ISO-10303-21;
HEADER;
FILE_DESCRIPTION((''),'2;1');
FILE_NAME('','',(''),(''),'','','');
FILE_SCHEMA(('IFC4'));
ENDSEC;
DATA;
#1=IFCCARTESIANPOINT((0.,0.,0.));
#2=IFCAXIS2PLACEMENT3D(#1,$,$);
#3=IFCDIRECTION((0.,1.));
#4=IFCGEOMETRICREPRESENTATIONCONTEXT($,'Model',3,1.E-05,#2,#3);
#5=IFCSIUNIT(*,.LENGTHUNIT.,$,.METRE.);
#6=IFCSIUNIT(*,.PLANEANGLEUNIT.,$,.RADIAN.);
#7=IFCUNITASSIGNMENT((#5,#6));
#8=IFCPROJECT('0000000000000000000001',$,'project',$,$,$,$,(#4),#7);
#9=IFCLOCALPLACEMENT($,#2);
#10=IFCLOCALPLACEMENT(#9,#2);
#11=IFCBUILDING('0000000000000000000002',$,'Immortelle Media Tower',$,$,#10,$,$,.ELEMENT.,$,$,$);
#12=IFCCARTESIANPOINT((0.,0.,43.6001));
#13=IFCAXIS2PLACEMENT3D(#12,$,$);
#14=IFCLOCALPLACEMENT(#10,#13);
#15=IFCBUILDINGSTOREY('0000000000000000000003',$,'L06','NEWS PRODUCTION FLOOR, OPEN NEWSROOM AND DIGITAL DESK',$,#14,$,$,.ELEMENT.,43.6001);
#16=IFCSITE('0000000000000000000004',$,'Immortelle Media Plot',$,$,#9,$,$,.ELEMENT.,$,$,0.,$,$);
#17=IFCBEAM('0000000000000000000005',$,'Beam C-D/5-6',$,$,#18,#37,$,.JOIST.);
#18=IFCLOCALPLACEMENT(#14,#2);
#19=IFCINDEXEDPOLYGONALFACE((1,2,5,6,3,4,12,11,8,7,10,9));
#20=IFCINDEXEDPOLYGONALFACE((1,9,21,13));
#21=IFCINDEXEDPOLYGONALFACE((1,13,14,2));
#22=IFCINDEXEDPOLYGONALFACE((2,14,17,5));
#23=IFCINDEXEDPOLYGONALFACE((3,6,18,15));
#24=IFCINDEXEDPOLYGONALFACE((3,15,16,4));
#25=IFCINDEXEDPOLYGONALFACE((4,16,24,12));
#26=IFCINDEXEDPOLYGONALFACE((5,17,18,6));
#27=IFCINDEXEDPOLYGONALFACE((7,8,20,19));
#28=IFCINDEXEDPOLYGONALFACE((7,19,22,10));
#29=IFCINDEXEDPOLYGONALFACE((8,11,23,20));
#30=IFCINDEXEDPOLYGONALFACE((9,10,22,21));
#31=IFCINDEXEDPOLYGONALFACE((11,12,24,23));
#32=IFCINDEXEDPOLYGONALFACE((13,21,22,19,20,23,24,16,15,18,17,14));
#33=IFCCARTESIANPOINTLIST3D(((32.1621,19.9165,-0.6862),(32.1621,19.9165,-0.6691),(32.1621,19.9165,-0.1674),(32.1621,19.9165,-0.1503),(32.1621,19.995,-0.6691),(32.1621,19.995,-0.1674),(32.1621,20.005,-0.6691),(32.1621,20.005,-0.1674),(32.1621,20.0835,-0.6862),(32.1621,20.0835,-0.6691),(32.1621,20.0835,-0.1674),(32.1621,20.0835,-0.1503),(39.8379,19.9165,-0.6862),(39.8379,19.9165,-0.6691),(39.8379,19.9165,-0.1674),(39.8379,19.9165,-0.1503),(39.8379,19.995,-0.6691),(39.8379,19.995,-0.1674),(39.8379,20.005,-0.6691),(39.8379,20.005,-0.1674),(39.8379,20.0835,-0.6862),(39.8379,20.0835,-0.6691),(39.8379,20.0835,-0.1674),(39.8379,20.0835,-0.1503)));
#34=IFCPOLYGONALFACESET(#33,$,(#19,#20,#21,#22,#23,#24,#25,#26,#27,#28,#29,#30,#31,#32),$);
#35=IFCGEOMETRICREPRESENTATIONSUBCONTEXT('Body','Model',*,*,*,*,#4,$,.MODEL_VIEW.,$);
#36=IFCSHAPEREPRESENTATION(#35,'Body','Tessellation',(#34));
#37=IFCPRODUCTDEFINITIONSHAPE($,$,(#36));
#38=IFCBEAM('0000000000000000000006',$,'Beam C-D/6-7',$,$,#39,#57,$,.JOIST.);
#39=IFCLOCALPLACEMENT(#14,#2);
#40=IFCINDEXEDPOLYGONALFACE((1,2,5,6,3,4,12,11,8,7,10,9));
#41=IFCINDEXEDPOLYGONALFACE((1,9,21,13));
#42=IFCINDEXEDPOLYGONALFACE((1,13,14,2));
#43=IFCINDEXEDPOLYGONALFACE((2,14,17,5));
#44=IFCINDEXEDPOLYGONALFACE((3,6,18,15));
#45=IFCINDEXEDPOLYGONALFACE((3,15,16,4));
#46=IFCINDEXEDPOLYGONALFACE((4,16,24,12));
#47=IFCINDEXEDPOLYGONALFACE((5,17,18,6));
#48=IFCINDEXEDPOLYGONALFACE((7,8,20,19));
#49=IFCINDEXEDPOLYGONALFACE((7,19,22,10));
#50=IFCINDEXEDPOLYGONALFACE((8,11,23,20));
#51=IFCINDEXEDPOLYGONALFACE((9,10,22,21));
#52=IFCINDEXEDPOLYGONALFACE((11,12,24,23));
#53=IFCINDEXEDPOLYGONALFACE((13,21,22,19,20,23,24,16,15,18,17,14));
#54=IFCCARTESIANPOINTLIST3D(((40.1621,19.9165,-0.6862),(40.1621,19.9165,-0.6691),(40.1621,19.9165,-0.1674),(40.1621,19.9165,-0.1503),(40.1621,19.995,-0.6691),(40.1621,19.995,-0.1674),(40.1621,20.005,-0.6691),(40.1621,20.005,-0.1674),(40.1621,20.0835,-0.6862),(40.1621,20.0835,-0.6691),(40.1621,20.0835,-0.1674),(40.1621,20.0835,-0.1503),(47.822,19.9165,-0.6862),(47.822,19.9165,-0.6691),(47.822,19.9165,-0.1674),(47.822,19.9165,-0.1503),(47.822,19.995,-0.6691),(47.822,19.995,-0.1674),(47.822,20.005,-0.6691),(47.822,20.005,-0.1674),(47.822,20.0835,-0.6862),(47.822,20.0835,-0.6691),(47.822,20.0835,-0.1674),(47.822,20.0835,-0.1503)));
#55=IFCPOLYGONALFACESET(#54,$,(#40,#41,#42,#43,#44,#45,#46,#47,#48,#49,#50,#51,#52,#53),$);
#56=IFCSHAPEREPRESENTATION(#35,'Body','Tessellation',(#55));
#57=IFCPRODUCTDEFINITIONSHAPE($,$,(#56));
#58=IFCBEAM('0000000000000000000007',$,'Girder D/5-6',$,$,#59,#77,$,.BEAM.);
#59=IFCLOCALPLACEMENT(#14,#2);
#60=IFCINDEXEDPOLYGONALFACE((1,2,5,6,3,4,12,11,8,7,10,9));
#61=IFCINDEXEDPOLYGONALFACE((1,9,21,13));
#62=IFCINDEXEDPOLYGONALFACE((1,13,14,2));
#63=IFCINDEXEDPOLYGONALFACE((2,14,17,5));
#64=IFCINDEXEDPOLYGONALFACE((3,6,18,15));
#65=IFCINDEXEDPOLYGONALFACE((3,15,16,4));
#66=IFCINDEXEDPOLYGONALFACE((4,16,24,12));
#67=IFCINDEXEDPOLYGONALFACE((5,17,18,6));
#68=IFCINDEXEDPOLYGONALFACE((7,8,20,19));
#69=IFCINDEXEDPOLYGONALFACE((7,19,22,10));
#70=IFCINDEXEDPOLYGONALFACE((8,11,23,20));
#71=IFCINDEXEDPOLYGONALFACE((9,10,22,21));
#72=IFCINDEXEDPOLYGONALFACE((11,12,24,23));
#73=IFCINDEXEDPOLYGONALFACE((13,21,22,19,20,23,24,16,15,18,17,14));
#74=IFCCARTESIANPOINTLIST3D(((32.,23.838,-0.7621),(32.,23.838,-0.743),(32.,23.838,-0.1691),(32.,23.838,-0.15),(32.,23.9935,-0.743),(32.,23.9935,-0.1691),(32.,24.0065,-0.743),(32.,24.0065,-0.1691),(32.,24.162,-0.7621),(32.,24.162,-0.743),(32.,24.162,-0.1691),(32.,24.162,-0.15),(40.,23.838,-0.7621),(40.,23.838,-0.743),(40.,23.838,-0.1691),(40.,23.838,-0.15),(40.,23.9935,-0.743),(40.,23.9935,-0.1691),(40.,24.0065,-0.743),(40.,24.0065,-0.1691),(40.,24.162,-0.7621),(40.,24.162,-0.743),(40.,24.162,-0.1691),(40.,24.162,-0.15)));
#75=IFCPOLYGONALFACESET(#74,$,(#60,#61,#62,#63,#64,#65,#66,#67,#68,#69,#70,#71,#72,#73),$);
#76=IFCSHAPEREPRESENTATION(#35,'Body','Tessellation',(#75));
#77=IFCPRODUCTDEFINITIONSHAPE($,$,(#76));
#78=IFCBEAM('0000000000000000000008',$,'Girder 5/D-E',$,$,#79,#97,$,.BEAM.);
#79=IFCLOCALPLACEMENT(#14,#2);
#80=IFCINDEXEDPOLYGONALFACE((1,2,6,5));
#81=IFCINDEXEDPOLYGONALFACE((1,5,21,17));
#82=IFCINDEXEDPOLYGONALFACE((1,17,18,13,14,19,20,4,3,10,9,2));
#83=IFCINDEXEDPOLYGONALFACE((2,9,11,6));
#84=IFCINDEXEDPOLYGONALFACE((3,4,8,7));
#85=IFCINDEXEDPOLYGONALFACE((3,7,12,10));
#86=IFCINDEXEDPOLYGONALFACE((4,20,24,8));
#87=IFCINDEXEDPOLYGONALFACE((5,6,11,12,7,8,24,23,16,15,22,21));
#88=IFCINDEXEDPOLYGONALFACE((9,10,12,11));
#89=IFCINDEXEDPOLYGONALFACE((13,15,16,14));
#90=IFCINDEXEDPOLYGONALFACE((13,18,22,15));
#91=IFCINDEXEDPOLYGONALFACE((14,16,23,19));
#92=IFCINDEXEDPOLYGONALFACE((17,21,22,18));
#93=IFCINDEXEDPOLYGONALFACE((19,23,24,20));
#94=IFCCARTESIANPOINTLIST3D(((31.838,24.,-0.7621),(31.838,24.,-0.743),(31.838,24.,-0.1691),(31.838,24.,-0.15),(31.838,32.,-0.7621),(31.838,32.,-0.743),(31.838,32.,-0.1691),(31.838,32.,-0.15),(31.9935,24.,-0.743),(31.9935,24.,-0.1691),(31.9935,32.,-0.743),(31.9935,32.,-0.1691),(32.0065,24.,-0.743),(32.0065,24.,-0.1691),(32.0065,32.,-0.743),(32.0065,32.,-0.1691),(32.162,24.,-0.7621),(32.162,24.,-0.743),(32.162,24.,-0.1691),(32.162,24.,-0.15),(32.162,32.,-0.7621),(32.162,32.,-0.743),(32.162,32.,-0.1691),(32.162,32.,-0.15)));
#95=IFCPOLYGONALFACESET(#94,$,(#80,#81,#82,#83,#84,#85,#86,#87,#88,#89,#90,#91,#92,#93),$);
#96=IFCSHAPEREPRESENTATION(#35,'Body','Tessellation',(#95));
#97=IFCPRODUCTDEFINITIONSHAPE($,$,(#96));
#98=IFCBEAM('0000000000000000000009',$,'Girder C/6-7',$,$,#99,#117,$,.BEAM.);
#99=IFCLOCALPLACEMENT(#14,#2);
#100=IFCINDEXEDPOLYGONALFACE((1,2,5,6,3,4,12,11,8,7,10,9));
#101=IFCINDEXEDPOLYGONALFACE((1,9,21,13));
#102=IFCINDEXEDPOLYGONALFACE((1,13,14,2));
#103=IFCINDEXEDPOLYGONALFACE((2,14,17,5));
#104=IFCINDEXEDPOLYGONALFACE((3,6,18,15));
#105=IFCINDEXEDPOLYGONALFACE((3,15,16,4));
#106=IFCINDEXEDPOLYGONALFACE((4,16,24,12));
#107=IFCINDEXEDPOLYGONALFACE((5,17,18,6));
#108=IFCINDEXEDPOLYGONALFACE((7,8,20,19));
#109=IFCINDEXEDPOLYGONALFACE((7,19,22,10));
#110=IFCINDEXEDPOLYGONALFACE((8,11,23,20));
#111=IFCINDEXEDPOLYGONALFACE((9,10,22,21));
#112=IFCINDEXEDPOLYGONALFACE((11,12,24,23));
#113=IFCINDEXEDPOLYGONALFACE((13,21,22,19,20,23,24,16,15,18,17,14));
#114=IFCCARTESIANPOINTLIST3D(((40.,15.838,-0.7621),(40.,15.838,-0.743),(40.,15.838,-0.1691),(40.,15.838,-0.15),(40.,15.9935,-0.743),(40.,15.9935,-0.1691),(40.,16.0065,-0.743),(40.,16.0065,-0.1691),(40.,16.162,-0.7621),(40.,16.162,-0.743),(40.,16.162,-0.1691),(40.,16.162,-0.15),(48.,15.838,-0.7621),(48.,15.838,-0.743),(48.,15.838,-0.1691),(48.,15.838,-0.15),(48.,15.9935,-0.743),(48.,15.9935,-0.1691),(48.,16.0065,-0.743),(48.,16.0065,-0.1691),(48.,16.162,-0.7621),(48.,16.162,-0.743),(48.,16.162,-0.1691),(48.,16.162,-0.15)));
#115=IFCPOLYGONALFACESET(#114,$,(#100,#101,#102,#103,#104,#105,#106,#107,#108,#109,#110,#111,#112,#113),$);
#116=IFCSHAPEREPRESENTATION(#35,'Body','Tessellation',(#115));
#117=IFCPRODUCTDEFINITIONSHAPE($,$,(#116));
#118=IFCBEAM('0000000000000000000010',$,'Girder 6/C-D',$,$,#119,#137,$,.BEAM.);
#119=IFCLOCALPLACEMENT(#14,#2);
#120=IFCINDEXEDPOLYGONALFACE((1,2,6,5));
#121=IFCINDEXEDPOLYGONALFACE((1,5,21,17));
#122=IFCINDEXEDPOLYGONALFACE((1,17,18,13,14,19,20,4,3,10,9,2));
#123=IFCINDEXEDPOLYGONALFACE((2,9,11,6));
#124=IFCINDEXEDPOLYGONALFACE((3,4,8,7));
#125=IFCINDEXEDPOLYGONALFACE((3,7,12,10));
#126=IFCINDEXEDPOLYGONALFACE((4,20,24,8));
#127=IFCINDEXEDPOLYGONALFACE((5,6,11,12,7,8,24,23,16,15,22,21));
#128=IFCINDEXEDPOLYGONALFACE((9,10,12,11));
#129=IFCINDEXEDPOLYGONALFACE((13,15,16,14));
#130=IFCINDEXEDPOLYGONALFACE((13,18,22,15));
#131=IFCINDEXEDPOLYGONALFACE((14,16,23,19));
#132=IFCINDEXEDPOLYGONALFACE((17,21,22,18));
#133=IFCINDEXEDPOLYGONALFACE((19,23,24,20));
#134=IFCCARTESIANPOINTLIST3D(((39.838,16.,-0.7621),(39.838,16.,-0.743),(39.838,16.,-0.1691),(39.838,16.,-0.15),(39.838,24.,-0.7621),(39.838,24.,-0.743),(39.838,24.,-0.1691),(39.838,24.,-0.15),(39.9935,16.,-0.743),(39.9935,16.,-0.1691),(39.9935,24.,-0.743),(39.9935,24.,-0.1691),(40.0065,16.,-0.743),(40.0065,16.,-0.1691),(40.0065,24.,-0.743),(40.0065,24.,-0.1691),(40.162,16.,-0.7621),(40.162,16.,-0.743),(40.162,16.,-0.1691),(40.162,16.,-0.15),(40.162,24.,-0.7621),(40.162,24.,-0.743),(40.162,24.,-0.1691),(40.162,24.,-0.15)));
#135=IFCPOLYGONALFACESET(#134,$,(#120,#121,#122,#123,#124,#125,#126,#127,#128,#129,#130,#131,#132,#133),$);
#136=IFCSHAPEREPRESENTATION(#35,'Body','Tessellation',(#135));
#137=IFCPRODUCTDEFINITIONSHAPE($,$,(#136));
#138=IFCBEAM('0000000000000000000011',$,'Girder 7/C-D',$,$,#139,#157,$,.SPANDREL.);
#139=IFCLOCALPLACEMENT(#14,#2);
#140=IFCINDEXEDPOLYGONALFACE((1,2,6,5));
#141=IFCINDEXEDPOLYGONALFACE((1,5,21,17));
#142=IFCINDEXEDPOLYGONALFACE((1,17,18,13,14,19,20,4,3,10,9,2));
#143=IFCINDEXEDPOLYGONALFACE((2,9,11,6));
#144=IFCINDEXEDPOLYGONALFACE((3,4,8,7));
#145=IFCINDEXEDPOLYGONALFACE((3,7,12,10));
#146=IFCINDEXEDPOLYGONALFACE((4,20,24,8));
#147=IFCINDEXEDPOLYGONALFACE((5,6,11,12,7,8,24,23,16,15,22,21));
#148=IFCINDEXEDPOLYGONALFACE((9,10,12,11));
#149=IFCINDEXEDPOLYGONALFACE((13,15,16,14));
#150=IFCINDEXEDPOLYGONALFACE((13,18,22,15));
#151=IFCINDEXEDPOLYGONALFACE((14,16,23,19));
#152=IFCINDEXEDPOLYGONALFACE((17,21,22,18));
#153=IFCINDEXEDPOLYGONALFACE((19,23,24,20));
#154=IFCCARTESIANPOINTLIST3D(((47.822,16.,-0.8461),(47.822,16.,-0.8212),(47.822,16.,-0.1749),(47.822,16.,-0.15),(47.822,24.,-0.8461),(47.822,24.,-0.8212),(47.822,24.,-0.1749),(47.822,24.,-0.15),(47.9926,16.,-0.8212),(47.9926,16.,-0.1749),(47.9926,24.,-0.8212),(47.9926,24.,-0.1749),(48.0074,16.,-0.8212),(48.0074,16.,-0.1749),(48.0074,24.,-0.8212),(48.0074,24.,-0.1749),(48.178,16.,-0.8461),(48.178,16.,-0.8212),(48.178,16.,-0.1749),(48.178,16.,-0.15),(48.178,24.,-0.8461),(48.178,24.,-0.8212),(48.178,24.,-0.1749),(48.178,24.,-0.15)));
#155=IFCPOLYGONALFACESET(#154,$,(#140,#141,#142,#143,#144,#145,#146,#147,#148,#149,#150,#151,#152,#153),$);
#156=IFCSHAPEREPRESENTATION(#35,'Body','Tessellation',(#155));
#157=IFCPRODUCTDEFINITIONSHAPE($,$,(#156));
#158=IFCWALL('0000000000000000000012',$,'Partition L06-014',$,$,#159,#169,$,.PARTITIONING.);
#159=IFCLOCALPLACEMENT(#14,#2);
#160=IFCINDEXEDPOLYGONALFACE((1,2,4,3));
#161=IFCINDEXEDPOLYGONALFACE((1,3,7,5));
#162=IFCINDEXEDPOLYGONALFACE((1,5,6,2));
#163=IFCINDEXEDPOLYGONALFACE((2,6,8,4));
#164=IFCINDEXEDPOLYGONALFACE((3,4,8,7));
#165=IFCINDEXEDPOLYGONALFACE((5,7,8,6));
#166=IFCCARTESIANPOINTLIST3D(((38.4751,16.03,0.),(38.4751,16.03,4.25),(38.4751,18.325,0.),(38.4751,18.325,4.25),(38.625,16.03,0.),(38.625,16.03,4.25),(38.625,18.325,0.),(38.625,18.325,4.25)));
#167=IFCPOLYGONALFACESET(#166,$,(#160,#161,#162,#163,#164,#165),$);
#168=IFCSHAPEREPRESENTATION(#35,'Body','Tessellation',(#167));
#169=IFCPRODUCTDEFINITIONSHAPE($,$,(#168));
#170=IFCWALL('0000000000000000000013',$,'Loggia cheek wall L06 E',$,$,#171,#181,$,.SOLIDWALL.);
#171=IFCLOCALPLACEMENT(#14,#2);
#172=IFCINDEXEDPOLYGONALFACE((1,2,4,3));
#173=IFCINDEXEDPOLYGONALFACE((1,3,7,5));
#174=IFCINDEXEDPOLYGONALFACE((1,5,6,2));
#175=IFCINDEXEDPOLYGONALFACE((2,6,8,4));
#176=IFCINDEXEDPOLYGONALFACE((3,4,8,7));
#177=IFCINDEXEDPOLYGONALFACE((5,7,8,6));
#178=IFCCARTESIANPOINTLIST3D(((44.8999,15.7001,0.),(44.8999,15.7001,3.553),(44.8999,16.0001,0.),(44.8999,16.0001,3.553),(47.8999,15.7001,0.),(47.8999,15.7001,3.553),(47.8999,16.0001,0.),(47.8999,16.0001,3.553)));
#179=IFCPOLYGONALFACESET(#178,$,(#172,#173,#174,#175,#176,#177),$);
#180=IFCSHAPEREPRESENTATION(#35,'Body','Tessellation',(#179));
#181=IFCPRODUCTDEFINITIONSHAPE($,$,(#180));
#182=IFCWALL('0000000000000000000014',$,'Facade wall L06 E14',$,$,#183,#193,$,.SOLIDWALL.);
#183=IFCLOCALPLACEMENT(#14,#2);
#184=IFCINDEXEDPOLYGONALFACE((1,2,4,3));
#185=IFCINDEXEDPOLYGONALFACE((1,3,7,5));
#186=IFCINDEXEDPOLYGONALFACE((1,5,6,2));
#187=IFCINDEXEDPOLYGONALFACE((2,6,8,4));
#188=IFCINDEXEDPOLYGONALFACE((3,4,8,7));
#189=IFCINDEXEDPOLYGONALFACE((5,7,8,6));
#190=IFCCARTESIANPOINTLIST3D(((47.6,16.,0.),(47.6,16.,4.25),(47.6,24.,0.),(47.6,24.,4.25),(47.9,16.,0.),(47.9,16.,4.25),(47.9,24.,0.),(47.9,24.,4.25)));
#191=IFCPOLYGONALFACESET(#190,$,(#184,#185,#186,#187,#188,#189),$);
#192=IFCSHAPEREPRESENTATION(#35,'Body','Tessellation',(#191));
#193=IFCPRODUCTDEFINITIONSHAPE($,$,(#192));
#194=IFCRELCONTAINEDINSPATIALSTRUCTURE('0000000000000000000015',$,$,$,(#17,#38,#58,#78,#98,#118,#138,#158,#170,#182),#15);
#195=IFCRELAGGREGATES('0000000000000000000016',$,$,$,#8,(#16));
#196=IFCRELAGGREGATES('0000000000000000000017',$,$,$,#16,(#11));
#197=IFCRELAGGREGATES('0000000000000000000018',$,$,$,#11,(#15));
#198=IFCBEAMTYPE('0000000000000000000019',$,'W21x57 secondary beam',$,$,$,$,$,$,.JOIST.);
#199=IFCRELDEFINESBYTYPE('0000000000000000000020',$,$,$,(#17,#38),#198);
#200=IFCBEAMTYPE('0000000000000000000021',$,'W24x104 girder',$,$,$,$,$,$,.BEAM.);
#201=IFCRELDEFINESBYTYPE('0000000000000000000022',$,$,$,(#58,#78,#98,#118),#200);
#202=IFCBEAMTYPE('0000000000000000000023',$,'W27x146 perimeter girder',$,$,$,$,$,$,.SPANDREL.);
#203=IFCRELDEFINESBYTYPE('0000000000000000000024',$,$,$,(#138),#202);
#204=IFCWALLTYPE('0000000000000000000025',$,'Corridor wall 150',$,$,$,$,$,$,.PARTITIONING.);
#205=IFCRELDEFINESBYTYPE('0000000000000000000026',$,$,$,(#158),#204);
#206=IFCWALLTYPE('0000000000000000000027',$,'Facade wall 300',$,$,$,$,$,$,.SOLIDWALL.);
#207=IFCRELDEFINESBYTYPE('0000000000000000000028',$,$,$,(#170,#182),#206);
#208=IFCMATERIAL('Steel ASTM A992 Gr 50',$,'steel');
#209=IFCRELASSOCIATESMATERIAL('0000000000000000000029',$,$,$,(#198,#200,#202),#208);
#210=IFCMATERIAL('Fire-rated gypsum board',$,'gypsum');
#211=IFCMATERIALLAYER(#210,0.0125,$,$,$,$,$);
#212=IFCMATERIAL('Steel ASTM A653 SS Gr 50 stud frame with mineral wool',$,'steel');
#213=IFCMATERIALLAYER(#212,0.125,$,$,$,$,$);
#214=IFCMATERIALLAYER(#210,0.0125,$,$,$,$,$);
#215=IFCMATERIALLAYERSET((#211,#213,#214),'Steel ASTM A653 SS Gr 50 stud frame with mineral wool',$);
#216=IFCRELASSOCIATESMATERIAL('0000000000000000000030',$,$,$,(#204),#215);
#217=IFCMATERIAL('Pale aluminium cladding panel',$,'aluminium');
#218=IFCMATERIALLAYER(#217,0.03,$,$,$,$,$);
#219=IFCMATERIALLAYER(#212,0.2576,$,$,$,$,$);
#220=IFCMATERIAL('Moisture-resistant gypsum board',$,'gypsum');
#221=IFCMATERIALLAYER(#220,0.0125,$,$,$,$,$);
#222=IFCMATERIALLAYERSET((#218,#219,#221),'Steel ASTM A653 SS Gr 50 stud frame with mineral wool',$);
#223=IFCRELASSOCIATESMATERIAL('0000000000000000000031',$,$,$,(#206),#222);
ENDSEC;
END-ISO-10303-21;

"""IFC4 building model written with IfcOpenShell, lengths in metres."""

from ifc_helpers import new_model, si_unit, direction, frame, frame_2d, origin, origin_2d, place, context, subcontext, project, spatial, rectangle, i_section, extrude, material, layer, layer_set, material_profile, profile_set, type_object, element, save


model = new_model("IFC4")

# Units and contexts
model_context = context("Model", 3, precision=1e-05, world=origin(), true_north=direction((0.0, 1.0)))
body_context = subcontext(model_context, "Body", "Model", "MODEL_VIEW")
ifc_project = project(units=[si_unit("LENGTHUNIT", "METRE"), si_unit("PLANEANGLEUNIT", "RADIAN")], contexts=[model_context])

# Site, building, storey
site_placement = place(None, origin())
site = spatial("IfcSite", under=ifc_project, at=site_placement, Name="Immortelle Media Plot", CompositionType="ELEMENT", RefElevation=0.0)
building_placement = place(site_placement, origin())
building = spatial("IfcBuilding", under=site, at=building_placement, Name="Immortelle Media Tower", CompositionType="ELEMENT")
storey_placement = place(building_placement, frame((0.0, 0.0, 43.6001)))
storey = spatial("IfcBuildingStorey", under=building, at=storey_placement, Name="L06", Description="NEWS PRODUCTION FLOOR, OPEN NEWSROOM AND DIGITAL DESK", CompositionType="ELEMENT", Elevation=43.6001)

# Shared definitions
ifc_material_1 = material(Name="Steel ASTM A992 Gr 50", Category="steel")

# Beams
ifc_material_profile_1 = material_profile(ifc_material_1, i_section(OverallWidth=0.167, OverallDepth=0.5359, WebThickness=0.01, FlangeThickness=0.0171, at=origin_2d()), Name="W21x57")
ifc_profile_set_1 = profile_set([ifc_material_profile_1], Name="Steel ASTM A992 Gr 50")
beam_type_1 = type_object("IfcBeamType", Name="W21x57 secondary beam", PredefinedType="JOIST", material=ifc_profile_set_1)
beam_1_placement = place(storey_placement, frame((32.1621, 20.0, -0.4182), z_axis=(1.0, 0.0, 0.0), x_axis=(0.0, 1.0, 0.0)))
element("IfcBeam", 1, at=beam_1_placement, inside=storey, type_object=beam_type_1, Name="Beam C-D/5-6", PredefinedType="JOIST", context=body_context, shape_type="SweptSolid", body=[
    extrude(i_section(OverallWidth=0.167, OverallDepth=0.5359, WebThickness=0.01, FlangeThickness=0.0171, at=origin_2d()), origin(), (0.0, 0.0, 1.0), 7.6758),
])
beam_2_placement = place(storey_placement, frame((40.1621, 20.0, -0.4182), z_axis=(1.0, 0.0, 0.0), x_axis=(0.0, 1.0, 0.0)))
element("IfcBeam", 2, at=beam_2_placement, inside=storey, type_object=beam_type_1, Name="Beam C-D/6-7", PredefinedType="JOIST", context=body_context, shape_type="SweptSolid", body=[
    extrude(i_section(OverallWidth=0.167, OverallDepth=0.5359, WebThickness=0.01, FlangeThickness=0.0171, at=origin_2d()), origin(), (0.0, 0.0, 1.0), 7.6599),
])
ifc_material_profile_2 = material_profile(ifc_material_1, i_section(OverallWidth=0.324, OverallDepth=0.6121, WebThickness=0.0129, FlangeThickness=0.019, at=origin_2d()), Name="W24x104")
ifc_profile_set_2 = profile_set([ifc_material_profile_2], Name="Steel ASTM A992 Gr 50")
beam_type_2 = type_object("IfcBeamType", Name="W24x104 girder", PredefinedType="BEAM", material=ifc_profile_set_2)
for number, where, z_axis, x_axis, name in (
    (3, (32.0, 24.0, -0.4561), (1.0, 0.0, 0.0), (0.0, 1.0, 0.0), "Girder D/5-6"),
    (4, (32.0, 24.0, -0.4561), (0.0, 1.0, 0.0), (-1.0, 0.0, 0.0), "Girder 5/D-E"),
    (5, (40.0, 16.0, -0.4561), (1.0, 0.0, 0.0), (0.0, 1.0, 0.0), "Girder C/6-7"),
    (6, (40.0, 16.0, -0.4561), (0.0, 1.0, 0.0), (-1.0, 0.0, 0.0), "Girder 6/C-D"),
):
    element("IfcBeam", number, at=place(storey_placement, frame(where, z_axis=z_axis, x_axis=x_axis)), inside=storey, type_object=beam_type_2, Name=name, PredefinedType="BEAM", context=body_context, shape_type="SweptSolid", body=[
        extrude(i_section(OverallWidth=0.324, OverallDepth=0.6121, WebThickness=0.0129, FlangeThickness=0.019, at=origin_2d()), origin(), (0.0, 0.0, 1.0), 8.0),
    ])
ifc_material_profile_3 = material_profile(ifc_material_1, i_section(OverallWidth=0.356, OverallDepth=0.696, WebThickness=0.0149, FlangeThickness=0.0249, at=origin_2d()), Name="W27x146")
ifc_profile_set_3 = profile_set([ifc_material_profile_3], Name="Steel ASTM A992 Gr 50")
beam_type_3 = type_object("IfcBeamType", Name="W27x146 perimeter girder", PredefinedType="SPANDREL", material=ifc_profile_set_3)
beam_3_placement = place(storey_placement, frame((48.0, 16.0, -0.498), z_axis=(0.0, 1.0, 0.0), x_axis=(-1.0, 0.0, 0.0)))
element("IfcBeam", 7, at=beam_3_placement, inside=storey, type_object=beam_type_3, Name="Girder 7/C-D", PredefinedType="SPANDREL", context=body_context, shape_type="SweptSolid", body=[
    extrude(i_section(OverallWidth=0.356, OverallDepth=0.696, WebThickness=0.0149, FlangeThickness=0.0249, at=origin_2d()), origin(), (0.0, 0.0, 1.0), 8.0),
])

# Walls
ifc_material_2 = material(Name="Fire-rated gypsum board", Category="gypsum")
ifc_layer_1 = layer(ifc_material_2, 0.0125)
ifc_material_3 = material(Name="Steel ASTM A653 SS Gr 50 stud frame with mineral wool", Category="steel")
ifc_layer_2 = layer(ifc_material_3, 0.125)
ifc_layer_3 = layer(ifc_material_2, 0.0125)
ifc_layer_set_1 = layer_set([ifc_layer_1, ifc_layer_2, ifc_layer_3], Name="Steel ASTM A653 SS Gr 50 stud frame with mineral wool")
wall_type_1 = type_object("IfcWallType", Name="Corridor wall 150", PredefinedType="PARTITIONING", material=ifc_layer_set_1)
wall_1_placement = place(storey_placement, frame((38.55, 16.03, 0.0), z_axis=(0.0, 0.0, 1.0), x_axis=(0.0, 1.0, 0.0)))
element("IfcWall", 8, at=wall_1_placement, inside=storey, type_object=wall_type_1, Name="Partition L06-014", PredefinedType="PARTITIONING", context=body_context, shape_type="SweptSolid", body=[
    extrude(rectangle(XDim=2.2949, YDim=0.1499, at=frame_2d((1.1475, 0.0))), origin(), (0.0, 0.0, 1.0), 4.25),
])
ifc_material_4 = material(Name="Pale aluminium cladding panel", Category="aluminium")
ifc_layer_4 = layer(ifc_material_4, 0.03)
ifc_layer_5 = layer(ifc_material_3, 0.2576)
ifc_material_5 = material(Name="Moisture-resistant gypsum board", Category="gypsum")
ifc_layer_6 = layer(ifc_material_5, 0.0125)
ifc_layer_set_2 = layer_set([ifc_layer_4, ifc_layer_5, ifc_layer_6], Name="Steel ASTM A653 SS Gr 50 stud frame with mineral wool")
wall_type_2 = type_object("IfcWallType", Name="Facade wall 300", PredefinedType="SOLIDWALL", material=ifc_layer_set_2)
wall_2_placement = place(storey_placement, frame((47.8999, 15.8501, 0.0), z_axis=(0.0, 0.0, 1.0), x_axis=(-1.0, 0.0, 0.0)))
element("IfcWall", 9, at=wall_2_placement, inside=storey, type_object=wall_type_2, Name="Loggia cheek wall L06 E", PredefinedType="SOLIDWALL", context=body_context, shape_type="SweptSolid", body=[
    extrude(rectangle(XDim=3.0, YDim=0.3, at=frame_2d((1.5, 0.0))), origin(), (0.0, 0.0, 1.0), 3.553),
])
wall_3_placement = place(storey_placement, frame((47.75, 16.0, 0.0), z_axis=(0.0, 0.0, 1.0), x_axis=(0.0, 1.0, 0.0)))
element("IfcWall", 10, at=wall_3_placement, inside=storey, type_object=wall_type_2, Name="Facade wall L06 E14", PredefinedType="SOLIDWALL", context=body_context, shape_type="SweptSolid", body=[
    extrude(rectangle(XDim=8.0, YDim=0.3, at=frame_2d((4.0, 0.0))), origin(), (0.0, 0.0, 1.0), 4.25),
])

save(model, "model.ifc")
